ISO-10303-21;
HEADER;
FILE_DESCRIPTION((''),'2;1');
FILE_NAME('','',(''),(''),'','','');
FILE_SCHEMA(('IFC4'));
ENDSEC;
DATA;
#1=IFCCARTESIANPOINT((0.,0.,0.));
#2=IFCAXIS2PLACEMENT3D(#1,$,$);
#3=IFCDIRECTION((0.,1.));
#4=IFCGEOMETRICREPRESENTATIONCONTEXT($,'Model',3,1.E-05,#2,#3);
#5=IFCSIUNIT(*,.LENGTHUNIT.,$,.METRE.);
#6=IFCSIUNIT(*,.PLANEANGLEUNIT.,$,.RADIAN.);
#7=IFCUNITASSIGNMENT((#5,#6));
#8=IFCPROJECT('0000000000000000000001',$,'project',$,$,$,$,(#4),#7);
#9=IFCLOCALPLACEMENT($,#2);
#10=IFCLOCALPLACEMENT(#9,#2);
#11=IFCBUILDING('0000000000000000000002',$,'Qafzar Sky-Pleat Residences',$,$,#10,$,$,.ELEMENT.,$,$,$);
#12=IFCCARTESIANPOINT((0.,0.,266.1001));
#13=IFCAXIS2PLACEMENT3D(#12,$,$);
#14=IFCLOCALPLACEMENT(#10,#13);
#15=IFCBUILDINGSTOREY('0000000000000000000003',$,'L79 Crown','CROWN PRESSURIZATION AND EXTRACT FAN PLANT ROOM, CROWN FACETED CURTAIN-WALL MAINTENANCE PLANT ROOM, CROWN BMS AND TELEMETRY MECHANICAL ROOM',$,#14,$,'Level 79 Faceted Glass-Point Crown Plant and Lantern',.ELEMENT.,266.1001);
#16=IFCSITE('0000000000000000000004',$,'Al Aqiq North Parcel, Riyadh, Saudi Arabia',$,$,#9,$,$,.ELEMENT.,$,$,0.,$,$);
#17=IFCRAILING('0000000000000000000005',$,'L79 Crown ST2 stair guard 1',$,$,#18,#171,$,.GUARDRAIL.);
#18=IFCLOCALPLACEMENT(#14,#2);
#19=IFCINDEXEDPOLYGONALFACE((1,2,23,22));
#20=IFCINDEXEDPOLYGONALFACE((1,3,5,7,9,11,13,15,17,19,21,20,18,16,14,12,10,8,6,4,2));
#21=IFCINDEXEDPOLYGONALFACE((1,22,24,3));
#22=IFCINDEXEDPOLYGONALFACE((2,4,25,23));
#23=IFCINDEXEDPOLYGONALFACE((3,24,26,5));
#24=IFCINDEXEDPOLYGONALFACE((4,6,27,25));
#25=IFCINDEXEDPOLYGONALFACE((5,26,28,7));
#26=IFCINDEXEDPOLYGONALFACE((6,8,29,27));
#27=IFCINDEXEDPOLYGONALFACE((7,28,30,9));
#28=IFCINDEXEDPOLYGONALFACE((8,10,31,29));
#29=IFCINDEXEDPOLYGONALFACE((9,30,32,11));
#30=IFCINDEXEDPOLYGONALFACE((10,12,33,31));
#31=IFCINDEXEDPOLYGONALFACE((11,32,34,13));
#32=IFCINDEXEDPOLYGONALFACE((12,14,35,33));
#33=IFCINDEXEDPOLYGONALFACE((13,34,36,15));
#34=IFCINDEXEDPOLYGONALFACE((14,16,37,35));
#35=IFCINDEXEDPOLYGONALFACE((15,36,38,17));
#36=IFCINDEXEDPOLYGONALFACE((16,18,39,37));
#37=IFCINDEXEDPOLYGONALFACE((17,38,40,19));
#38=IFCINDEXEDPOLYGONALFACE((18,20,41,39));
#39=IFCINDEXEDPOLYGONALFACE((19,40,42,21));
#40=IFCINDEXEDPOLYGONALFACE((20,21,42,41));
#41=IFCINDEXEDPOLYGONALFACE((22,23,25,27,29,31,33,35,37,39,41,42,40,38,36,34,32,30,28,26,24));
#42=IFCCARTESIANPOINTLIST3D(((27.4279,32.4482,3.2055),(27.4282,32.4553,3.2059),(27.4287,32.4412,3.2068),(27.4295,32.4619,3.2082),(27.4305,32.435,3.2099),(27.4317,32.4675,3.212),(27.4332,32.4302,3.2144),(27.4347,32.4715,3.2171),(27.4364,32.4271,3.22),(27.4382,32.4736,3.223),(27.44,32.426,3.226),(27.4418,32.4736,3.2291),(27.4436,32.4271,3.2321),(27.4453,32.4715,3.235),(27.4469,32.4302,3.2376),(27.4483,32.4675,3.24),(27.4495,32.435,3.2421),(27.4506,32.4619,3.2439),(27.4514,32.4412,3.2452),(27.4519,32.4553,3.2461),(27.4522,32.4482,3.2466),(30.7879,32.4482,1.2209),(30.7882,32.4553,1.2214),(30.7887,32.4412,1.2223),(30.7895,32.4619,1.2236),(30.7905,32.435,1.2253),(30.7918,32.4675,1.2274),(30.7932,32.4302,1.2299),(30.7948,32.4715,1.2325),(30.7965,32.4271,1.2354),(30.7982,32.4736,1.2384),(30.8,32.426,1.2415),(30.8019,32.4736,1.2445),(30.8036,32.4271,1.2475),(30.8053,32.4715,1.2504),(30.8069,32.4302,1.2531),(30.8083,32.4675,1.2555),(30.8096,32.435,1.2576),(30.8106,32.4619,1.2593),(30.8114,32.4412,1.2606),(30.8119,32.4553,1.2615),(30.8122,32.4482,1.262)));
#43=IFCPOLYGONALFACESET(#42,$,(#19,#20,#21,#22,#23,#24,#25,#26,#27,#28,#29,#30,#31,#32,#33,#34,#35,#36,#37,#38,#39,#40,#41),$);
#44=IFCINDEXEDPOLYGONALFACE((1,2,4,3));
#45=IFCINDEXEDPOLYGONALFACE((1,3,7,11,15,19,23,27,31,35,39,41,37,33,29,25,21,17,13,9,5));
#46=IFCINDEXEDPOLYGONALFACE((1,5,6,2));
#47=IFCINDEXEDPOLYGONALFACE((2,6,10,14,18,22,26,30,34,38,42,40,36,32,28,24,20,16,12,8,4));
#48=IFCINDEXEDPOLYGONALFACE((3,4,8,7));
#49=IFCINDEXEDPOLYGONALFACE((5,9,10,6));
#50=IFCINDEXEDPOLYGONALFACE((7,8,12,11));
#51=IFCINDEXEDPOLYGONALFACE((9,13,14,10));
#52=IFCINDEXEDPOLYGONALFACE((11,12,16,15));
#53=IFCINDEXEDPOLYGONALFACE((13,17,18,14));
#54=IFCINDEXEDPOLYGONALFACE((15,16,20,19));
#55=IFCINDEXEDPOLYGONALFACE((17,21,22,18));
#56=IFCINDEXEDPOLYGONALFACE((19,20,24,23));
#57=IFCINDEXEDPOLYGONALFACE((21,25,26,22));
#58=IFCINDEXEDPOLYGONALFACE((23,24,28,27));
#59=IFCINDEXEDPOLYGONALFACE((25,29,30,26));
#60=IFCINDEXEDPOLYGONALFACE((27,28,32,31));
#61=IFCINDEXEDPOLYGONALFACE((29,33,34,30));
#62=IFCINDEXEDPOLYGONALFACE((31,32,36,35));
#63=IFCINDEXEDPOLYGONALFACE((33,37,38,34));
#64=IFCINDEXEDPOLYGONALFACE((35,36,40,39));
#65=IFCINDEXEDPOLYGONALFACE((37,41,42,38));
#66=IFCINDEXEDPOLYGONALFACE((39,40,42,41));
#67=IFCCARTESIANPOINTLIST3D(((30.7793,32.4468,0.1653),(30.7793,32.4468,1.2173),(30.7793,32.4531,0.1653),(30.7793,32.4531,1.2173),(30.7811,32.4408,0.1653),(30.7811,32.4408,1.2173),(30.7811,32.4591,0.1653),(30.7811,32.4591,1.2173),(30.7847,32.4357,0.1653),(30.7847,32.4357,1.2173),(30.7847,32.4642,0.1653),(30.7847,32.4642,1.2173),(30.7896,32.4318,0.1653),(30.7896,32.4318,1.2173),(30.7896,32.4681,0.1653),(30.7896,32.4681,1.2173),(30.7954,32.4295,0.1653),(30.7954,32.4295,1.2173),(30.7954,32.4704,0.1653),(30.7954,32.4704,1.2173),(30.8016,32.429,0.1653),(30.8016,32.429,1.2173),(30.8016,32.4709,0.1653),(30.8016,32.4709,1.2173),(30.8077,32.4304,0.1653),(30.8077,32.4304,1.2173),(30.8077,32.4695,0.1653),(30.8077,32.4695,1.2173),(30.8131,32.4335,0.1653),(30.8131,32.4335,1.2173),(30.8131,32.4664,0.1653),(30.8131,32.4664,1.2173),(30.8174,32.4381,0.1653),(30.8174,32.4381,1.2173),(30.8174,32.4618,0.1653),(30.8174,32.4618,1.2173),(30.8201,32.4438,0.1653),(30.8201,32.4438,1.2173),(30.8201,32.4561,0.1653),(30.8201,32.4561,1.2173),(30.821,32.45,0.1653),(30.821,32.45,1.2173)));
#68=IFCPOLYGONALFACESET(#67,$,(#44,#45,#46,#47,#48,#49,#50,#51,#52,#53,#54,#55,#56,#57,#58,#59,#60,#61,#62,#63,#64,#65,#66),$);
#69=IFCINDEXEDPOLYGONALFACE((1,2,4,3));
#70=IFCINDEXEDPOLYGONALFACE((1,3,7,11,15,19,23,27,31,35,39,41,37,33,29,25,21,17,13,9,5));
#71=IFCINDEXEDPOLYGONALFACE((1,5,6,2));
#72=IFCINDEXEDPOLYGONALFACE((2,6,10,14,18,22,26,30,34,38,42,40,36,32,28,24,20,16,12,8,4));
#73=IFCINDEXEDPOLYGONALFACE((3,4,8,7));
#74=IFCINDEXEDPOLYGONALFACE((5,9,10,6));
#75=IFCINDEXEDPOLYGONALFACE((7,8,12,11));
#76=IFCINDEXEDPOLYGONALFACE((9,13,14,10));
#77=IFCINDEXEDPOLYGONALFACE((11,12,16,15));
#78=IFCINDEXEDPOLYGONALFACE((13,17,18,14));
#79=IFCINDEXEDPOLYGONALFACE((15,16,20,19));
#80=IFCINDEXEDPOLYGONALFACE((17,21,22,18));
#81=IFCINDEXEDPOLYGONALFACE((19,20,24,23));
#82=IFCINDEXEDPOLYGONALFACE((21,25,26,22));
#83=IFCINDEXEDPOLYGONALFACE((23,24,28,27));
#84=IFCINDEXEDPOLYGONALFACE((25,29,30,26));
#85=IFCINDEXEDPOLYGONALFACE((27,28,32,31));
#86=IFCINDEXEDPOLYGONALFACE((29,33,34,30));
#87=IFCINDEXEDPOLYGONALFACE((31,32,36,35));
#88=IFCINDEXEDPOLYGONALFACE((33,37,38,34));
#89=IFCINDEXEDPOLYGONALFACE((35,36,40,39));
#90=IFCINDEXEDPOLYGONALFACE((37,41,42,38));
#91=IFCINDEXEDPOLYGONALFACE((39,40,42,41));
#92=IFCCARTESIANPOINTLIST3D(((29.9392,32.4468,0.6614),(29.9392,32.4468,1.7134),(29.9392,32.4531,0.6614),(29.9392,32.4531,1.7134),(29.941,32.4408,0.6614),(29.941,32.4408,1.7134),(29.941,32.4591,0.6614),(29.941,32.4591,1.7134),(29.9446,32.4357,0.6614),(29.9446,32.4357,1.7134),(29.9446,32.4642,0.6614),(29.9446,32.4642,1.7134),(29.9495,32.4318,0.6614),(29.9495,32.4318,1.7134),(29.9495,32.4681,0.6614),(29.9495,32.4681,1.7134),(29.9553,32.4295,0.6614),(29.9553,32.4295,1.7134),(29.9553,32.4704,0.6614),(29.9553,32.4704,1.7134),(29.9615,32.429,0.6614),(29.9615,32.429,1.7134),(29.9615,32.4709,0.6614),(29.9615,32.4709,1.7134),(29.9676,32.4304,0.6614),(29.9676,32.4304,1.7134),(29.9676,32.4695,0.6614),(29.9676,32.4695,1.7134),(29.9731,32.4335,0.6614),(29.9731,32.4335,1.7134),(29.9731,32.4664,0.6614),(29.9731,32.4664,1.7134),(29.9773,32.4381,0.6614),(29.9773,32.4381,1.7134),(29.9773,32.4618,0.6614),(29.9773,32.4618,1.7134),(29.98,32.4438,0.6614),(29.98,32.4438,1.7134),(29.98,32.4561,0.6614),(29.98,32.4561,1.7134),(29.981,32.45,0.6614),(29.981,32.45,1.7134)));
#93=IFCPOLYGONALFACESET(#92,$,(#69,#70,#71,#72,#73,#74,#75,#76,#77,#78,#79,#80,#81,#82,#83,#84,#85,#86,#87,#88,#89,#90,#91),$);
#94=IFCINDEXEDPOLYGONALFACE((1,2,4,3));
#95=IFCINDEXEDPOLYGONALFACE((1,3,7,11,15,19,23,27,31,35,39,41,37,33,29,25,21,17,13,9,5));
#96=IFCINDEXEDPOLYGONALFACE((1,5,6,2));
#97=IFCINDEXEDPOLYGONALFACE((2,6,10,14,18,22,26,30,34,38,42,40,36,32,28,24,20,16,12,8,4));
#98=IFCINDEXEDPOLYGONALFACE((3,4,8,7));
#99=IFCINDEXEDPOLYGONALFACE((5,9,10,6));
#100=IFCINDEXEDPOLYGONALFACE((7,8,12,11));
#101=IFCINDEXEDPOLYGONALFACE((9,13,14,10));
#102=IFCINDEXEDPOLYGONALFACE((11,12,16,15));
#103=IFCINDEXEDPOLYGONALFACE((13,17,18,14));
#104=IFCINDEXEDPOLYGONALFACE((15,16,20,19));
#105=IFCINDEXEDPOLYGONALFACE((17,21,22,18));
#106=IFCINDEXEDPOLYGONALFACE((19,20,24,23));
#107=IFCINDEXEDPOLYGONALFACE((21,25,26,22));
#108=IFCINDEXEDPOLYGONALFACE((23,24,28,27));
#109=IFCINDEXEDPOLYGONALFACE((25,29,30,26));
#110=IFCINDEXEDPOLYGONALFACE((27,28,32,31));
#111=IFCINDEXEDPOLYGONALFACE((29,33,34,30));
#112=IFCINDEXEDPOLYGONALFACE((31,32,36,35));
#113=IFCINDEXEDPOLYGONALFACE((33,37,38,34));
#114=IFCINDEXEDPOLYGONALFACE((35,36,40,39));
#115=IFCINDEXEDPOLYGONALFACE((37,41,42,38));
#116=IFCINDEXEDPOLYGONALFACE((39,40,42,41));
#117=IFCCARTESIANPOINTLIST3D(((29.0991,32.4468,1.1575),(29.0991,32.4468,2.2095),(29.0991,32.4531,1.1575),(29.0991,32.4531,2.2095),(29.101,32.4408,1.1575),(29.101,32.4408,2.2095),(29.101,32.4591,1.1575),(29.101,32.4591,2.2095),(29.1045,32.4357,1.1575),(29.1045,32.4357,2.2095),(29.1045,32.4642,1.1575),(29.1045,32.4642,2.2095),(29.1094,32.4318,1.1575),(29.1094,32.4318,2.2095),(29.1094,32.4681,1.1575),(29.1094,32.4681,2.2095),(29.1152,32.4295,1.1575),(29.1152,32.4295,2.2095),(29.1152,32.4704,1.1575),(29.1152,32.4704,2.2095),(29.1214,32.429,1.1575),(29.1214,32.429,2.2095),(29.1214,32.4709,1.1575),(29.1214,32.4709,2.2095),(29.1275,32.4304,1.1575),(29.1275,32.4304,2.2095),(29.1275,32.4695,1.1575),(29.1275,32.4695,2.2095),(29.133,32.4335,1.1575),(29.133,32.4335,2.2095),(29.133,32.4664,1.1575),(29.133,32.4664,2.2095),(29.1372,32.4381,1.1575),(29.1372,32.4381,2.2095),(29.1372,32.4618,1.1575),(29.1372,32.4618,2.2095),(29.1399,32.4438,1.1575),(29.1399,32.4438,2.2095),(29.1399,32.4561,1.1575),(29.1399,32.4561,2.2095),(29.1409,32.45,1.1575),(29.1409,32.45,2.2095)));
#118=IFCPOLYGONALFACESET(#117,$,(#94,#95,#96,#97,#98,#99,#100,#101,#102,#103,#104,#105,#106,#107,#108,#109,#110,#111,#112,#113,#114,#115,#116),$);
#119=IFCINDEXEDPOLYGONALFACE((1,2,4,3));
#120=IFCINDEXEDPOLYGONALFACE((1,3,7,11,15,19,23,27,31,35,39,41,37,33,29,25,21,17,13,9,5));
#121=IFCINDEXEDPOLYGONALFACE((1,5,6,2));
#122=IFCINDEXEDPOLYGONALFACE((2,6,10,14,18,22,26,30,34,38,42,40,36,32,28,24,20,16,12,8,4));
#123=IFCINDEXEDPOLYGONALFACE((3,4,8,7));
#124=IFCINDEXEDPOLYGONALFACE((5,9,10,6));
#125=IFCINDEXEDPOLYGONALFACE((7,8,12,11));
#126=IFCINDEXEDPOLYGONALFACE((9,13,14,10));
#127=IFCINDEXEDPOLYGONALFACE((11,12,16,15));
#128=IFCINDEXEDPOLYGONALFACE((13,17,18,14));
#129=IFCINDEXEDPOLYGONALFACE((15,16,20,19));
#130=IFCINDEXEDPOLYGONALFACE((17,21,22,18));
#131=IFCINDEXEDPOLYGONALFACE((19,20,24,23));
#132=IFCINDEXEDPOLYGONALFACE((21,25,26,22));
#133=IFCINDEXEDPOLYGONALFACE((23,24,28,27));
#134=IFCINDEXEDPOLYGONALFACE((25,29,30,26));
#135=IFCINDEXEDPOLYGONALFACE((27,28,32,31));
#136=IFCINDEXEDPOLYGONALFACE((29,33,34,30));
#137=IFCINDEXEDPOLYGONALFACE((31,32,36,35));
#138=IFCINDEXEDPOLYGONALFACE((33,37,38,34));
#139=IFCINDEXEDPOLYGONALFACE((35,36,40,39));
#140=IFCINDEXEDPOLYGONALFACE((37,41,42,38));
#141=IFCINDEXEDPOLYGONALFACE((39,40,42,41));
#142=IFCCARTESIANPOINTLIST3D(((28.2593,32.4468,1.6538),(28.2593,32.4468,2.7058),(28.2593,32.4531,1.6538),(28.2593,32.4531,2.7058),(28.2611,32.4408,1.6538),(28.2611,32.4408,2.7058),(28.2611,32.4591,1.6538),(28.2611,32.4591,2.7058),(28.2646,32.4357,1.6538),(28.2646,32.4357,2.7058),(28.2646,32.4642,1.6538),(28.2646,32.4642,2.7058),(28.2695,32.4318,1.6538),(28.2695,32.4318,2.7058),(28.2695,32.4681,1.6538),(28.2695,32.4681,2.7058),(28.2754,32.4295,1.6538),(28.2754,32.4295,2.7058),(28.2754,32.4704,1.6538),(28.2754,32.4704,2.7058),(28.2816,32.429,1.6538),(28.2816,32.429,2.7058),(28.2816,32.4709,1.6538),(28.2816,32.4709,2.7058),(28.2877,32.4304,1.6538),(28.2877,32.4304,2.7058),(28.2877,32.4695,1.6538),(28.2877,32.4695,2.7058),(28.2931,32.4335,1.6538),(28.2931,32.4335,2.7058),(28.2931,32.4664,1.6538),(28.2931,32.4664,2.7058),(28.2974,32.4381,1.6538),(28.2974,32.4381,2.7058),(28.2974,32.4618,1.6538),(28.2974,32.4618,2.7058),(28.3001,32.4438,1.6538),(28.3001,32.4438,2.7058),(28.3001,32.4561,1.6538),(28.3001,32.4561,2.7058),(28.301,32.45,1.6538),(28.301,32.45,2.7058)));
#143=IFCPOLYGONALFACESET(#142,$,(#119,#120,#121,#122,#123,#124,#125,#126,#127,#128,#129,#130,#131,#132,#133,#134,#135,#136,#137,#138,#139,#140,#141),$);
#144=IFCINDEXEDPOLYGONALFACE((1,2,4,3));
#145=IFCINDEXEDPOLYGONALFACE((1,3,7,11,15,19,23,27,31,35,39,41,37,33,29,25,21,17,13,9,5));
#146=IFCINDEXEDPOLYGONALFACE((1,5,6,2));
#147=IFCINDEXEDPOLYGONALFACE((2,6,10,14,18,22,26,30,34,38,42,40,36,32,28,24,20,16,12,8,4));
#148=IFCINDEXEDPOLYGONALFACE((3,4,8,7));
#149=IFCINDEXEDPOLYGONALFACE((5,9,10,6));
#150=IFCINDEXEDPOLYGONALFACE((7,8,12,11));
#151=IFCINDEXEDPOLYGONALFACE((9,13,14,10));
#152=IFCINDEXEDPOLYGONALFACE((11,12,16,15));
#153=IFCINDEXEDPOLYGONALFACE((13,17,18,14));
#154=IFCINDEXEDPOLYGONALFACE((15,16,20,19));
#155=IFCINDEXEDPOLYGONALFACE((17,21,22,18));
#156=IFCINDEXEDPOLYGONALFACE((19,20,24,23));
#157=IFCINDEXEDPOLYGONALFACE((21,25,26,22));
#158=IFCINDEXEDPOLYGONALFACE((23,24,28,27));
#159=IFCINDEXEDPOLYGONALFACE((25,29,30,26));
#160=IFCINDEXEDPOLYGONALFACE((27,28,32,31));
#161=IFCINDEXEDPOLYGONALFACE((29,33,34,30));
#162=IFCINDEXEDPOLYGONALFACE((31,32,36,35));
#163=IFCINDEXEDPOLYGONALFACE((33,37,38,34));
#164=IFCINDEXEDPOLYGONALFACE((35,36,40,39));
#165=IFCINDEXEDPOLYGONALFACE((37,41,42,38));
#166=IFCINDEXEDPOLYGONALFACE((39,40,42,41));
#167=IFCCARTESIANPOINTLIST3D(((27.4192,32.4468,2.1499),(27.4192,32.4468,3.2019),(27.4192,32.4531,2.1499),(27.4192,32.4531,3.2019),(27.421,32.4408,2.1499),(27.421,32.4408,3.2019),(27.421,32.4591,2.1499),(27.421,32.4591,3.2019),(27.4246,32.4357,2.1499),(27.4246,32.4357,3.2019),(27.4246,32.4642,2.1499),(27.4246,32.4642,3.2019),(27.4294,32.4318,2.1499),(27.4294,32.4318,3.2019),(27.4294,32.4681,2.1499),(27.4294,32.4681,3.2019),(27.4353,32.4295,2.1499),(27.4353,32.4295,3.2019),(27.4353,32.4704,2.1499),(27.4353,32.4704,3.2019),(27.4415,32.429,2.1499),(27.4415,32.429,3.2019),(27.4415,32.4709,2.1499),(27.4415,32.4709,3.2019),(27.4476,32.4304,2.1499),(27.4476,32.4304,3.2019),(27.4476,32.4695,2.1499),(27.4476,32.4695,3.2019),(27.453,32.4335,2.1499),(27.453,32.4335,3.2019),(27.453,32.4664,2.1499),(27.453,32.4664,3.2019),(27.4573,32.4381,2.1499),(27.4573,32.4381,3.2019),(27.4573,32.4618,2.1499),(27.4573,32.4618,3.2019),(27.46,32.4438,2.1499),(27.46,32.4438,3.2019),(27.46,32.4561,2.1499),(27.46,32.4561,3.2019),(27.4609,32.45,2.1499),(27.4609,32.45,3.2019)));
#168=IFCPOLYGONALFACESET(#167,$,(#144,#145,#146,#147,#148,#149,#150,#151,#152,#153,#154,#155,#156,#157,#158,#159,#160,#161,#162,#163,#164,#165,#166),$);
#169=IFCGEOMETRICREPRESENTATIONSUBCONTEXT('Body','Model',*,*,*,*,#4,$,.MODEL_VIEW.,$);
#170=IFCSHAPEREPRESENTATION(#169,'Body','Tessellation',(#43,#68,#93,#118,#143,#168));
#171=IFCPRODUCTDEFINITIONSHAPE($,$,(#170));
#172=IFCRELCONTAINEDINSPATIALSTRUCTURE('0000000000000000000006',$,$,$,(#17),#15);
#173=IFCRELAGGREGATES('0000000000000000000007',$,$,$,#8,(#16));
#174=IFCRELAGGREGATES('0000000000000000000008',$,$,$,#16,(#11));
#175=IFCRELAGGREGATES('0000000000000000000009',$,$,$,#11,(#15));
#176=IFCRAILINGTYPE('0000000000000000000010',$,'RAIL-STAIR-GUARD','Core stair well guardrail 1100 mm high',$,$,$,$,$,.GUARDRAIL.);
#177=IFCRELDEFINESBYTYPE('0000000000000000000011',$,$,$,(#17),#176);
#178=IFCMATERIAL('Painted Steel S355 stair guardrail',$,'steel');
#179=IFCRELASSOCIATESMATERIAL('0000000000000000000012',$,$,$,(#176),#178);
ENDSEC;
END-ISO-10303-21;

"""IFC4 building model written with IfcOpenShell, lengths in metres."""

from ifc_helpers import new_model, si_unit, direction, frame, origin, origin_2d, place, context, subcontext, project, spatial, circle, extrude, source, transform, mapped, material, type_object, element, save


model = new_model("IFC4")

# Units and contexts
model_context = context("Model", 3, precision=1e-05, world=origin(), true_north=direction((0.0, 1.0)))
body_context = subcontext(model_context, "Body", "Model", "MODEL_VIEW")
ifc_project = project(units=[si_unit("LENGTHUNIT", "METRE"), si_unit("PLANEANGLEUNIT", "RADIAN")], contexts=[model_context])

# Site, building, storey
site_placement = place(None, origin())
site = spatial("IfcSite", under=ifc_project, at=site_placement, Name="Al Aqiq North Parcel, Riyadh, Saudi Arabia", CompositionType="ELEMENT", RefElevation=0.0)
building_placement = place(site_placement, origin())
building = spatial("IfcBuilding", under=site, at=building_placement, Name="Qafzar Sky-Pleat Residences", CompositionType="ELEMENT")
storey_placement = place(building_placement, frame((0.0, 0.0, 266.1001)))
storey = spatial("IfcBuildingStorey", under=building, at=storey_placement, Name="L79 Crown", Description="CROWN PRESSURIZATION AND EXTRACT FAN PLANT ROOM, CROWN FACETED CURTAIN-WALL MAINTENANCE PLANT ROOM, CROWN BMS AND TELEMETRY MECHANICAL ROOM", LongName="Level 79 Faceted Glass-Point Crown Plant and Lantern", CompositionType="ELEMENT", Elevation=266.1001)

# Railing
ifc_material_1 = material(Name="Painted Steel S355 stair guardrail", Category="steel")
railing_type_1 = type_object("IfcRailingType", Name="RAIL-STAIR-GUARD", Description="Core stair well guardrail 1100 mm high", PredefinedType="GUARDRAIL", material=ifc_material_1)
shared_shape_1 = source(origin(), body_context, "Body", "SweptSolid", [
    extrude(circle(Radius=0.0239, at=origin_2d()), frame((0.0, 0.0, 1.0762), z_axis=(-0.861027, 0.0, 0.508559), x_axis=(0.0, -1.0, 0.0)), (0.0, 0.0, 1.0), 3.9023),
    extrude(circle(Radius=0.021, at=origin_2d()), origin(), (0.0, 0.0, 1.0), 1.052),
    extrude(circle(Radius=0.021, at=origin_2d()), frame((-0.8401, 0.0, 0.4961)), (0.0, 0.0, 1.0), 1.052),
    extrude(circle(Radius=0.021, at=origin_2d()), frame((-1.6802, 0.0, 0.9922)), (0.0, 0.0, 1.0), 1.052),
    extrude(circle(Radius=0.021, at=origin_2d()), frame((-2.52, 0.0, 1.4885)), (0.0, 0.0, 1.0), 1.052),
    extrude(circle(Radius=0.021, at=origin_2d()), frame((-3.3601, 0.0, 1.9846)), (0.0, 0.0, 1.0), 1.052),
])
railing_1_placement = place(storey_placement, frame((30.8, 32.45, 0.1653)))
element("IfcRailing", 1, at=railing_1_placement, inside=storey, type_object=railing_type_1, Name="L79 Crown ST2 stair guard 1", PredefinedType="GUARDRAIL", context=body_context, shape_type="MappedRepresentation", body=[
    mapped(shared_shape_1, transform((0.0, 0.0, 0.0), x_axis=(1.0, 0.0, 0.0), y_axis=(0.0, 1.0, 0.0), z_axis=(0.0, 0.0, 1.0), scale=1.0)),
])

save(model, "model.ifc")
